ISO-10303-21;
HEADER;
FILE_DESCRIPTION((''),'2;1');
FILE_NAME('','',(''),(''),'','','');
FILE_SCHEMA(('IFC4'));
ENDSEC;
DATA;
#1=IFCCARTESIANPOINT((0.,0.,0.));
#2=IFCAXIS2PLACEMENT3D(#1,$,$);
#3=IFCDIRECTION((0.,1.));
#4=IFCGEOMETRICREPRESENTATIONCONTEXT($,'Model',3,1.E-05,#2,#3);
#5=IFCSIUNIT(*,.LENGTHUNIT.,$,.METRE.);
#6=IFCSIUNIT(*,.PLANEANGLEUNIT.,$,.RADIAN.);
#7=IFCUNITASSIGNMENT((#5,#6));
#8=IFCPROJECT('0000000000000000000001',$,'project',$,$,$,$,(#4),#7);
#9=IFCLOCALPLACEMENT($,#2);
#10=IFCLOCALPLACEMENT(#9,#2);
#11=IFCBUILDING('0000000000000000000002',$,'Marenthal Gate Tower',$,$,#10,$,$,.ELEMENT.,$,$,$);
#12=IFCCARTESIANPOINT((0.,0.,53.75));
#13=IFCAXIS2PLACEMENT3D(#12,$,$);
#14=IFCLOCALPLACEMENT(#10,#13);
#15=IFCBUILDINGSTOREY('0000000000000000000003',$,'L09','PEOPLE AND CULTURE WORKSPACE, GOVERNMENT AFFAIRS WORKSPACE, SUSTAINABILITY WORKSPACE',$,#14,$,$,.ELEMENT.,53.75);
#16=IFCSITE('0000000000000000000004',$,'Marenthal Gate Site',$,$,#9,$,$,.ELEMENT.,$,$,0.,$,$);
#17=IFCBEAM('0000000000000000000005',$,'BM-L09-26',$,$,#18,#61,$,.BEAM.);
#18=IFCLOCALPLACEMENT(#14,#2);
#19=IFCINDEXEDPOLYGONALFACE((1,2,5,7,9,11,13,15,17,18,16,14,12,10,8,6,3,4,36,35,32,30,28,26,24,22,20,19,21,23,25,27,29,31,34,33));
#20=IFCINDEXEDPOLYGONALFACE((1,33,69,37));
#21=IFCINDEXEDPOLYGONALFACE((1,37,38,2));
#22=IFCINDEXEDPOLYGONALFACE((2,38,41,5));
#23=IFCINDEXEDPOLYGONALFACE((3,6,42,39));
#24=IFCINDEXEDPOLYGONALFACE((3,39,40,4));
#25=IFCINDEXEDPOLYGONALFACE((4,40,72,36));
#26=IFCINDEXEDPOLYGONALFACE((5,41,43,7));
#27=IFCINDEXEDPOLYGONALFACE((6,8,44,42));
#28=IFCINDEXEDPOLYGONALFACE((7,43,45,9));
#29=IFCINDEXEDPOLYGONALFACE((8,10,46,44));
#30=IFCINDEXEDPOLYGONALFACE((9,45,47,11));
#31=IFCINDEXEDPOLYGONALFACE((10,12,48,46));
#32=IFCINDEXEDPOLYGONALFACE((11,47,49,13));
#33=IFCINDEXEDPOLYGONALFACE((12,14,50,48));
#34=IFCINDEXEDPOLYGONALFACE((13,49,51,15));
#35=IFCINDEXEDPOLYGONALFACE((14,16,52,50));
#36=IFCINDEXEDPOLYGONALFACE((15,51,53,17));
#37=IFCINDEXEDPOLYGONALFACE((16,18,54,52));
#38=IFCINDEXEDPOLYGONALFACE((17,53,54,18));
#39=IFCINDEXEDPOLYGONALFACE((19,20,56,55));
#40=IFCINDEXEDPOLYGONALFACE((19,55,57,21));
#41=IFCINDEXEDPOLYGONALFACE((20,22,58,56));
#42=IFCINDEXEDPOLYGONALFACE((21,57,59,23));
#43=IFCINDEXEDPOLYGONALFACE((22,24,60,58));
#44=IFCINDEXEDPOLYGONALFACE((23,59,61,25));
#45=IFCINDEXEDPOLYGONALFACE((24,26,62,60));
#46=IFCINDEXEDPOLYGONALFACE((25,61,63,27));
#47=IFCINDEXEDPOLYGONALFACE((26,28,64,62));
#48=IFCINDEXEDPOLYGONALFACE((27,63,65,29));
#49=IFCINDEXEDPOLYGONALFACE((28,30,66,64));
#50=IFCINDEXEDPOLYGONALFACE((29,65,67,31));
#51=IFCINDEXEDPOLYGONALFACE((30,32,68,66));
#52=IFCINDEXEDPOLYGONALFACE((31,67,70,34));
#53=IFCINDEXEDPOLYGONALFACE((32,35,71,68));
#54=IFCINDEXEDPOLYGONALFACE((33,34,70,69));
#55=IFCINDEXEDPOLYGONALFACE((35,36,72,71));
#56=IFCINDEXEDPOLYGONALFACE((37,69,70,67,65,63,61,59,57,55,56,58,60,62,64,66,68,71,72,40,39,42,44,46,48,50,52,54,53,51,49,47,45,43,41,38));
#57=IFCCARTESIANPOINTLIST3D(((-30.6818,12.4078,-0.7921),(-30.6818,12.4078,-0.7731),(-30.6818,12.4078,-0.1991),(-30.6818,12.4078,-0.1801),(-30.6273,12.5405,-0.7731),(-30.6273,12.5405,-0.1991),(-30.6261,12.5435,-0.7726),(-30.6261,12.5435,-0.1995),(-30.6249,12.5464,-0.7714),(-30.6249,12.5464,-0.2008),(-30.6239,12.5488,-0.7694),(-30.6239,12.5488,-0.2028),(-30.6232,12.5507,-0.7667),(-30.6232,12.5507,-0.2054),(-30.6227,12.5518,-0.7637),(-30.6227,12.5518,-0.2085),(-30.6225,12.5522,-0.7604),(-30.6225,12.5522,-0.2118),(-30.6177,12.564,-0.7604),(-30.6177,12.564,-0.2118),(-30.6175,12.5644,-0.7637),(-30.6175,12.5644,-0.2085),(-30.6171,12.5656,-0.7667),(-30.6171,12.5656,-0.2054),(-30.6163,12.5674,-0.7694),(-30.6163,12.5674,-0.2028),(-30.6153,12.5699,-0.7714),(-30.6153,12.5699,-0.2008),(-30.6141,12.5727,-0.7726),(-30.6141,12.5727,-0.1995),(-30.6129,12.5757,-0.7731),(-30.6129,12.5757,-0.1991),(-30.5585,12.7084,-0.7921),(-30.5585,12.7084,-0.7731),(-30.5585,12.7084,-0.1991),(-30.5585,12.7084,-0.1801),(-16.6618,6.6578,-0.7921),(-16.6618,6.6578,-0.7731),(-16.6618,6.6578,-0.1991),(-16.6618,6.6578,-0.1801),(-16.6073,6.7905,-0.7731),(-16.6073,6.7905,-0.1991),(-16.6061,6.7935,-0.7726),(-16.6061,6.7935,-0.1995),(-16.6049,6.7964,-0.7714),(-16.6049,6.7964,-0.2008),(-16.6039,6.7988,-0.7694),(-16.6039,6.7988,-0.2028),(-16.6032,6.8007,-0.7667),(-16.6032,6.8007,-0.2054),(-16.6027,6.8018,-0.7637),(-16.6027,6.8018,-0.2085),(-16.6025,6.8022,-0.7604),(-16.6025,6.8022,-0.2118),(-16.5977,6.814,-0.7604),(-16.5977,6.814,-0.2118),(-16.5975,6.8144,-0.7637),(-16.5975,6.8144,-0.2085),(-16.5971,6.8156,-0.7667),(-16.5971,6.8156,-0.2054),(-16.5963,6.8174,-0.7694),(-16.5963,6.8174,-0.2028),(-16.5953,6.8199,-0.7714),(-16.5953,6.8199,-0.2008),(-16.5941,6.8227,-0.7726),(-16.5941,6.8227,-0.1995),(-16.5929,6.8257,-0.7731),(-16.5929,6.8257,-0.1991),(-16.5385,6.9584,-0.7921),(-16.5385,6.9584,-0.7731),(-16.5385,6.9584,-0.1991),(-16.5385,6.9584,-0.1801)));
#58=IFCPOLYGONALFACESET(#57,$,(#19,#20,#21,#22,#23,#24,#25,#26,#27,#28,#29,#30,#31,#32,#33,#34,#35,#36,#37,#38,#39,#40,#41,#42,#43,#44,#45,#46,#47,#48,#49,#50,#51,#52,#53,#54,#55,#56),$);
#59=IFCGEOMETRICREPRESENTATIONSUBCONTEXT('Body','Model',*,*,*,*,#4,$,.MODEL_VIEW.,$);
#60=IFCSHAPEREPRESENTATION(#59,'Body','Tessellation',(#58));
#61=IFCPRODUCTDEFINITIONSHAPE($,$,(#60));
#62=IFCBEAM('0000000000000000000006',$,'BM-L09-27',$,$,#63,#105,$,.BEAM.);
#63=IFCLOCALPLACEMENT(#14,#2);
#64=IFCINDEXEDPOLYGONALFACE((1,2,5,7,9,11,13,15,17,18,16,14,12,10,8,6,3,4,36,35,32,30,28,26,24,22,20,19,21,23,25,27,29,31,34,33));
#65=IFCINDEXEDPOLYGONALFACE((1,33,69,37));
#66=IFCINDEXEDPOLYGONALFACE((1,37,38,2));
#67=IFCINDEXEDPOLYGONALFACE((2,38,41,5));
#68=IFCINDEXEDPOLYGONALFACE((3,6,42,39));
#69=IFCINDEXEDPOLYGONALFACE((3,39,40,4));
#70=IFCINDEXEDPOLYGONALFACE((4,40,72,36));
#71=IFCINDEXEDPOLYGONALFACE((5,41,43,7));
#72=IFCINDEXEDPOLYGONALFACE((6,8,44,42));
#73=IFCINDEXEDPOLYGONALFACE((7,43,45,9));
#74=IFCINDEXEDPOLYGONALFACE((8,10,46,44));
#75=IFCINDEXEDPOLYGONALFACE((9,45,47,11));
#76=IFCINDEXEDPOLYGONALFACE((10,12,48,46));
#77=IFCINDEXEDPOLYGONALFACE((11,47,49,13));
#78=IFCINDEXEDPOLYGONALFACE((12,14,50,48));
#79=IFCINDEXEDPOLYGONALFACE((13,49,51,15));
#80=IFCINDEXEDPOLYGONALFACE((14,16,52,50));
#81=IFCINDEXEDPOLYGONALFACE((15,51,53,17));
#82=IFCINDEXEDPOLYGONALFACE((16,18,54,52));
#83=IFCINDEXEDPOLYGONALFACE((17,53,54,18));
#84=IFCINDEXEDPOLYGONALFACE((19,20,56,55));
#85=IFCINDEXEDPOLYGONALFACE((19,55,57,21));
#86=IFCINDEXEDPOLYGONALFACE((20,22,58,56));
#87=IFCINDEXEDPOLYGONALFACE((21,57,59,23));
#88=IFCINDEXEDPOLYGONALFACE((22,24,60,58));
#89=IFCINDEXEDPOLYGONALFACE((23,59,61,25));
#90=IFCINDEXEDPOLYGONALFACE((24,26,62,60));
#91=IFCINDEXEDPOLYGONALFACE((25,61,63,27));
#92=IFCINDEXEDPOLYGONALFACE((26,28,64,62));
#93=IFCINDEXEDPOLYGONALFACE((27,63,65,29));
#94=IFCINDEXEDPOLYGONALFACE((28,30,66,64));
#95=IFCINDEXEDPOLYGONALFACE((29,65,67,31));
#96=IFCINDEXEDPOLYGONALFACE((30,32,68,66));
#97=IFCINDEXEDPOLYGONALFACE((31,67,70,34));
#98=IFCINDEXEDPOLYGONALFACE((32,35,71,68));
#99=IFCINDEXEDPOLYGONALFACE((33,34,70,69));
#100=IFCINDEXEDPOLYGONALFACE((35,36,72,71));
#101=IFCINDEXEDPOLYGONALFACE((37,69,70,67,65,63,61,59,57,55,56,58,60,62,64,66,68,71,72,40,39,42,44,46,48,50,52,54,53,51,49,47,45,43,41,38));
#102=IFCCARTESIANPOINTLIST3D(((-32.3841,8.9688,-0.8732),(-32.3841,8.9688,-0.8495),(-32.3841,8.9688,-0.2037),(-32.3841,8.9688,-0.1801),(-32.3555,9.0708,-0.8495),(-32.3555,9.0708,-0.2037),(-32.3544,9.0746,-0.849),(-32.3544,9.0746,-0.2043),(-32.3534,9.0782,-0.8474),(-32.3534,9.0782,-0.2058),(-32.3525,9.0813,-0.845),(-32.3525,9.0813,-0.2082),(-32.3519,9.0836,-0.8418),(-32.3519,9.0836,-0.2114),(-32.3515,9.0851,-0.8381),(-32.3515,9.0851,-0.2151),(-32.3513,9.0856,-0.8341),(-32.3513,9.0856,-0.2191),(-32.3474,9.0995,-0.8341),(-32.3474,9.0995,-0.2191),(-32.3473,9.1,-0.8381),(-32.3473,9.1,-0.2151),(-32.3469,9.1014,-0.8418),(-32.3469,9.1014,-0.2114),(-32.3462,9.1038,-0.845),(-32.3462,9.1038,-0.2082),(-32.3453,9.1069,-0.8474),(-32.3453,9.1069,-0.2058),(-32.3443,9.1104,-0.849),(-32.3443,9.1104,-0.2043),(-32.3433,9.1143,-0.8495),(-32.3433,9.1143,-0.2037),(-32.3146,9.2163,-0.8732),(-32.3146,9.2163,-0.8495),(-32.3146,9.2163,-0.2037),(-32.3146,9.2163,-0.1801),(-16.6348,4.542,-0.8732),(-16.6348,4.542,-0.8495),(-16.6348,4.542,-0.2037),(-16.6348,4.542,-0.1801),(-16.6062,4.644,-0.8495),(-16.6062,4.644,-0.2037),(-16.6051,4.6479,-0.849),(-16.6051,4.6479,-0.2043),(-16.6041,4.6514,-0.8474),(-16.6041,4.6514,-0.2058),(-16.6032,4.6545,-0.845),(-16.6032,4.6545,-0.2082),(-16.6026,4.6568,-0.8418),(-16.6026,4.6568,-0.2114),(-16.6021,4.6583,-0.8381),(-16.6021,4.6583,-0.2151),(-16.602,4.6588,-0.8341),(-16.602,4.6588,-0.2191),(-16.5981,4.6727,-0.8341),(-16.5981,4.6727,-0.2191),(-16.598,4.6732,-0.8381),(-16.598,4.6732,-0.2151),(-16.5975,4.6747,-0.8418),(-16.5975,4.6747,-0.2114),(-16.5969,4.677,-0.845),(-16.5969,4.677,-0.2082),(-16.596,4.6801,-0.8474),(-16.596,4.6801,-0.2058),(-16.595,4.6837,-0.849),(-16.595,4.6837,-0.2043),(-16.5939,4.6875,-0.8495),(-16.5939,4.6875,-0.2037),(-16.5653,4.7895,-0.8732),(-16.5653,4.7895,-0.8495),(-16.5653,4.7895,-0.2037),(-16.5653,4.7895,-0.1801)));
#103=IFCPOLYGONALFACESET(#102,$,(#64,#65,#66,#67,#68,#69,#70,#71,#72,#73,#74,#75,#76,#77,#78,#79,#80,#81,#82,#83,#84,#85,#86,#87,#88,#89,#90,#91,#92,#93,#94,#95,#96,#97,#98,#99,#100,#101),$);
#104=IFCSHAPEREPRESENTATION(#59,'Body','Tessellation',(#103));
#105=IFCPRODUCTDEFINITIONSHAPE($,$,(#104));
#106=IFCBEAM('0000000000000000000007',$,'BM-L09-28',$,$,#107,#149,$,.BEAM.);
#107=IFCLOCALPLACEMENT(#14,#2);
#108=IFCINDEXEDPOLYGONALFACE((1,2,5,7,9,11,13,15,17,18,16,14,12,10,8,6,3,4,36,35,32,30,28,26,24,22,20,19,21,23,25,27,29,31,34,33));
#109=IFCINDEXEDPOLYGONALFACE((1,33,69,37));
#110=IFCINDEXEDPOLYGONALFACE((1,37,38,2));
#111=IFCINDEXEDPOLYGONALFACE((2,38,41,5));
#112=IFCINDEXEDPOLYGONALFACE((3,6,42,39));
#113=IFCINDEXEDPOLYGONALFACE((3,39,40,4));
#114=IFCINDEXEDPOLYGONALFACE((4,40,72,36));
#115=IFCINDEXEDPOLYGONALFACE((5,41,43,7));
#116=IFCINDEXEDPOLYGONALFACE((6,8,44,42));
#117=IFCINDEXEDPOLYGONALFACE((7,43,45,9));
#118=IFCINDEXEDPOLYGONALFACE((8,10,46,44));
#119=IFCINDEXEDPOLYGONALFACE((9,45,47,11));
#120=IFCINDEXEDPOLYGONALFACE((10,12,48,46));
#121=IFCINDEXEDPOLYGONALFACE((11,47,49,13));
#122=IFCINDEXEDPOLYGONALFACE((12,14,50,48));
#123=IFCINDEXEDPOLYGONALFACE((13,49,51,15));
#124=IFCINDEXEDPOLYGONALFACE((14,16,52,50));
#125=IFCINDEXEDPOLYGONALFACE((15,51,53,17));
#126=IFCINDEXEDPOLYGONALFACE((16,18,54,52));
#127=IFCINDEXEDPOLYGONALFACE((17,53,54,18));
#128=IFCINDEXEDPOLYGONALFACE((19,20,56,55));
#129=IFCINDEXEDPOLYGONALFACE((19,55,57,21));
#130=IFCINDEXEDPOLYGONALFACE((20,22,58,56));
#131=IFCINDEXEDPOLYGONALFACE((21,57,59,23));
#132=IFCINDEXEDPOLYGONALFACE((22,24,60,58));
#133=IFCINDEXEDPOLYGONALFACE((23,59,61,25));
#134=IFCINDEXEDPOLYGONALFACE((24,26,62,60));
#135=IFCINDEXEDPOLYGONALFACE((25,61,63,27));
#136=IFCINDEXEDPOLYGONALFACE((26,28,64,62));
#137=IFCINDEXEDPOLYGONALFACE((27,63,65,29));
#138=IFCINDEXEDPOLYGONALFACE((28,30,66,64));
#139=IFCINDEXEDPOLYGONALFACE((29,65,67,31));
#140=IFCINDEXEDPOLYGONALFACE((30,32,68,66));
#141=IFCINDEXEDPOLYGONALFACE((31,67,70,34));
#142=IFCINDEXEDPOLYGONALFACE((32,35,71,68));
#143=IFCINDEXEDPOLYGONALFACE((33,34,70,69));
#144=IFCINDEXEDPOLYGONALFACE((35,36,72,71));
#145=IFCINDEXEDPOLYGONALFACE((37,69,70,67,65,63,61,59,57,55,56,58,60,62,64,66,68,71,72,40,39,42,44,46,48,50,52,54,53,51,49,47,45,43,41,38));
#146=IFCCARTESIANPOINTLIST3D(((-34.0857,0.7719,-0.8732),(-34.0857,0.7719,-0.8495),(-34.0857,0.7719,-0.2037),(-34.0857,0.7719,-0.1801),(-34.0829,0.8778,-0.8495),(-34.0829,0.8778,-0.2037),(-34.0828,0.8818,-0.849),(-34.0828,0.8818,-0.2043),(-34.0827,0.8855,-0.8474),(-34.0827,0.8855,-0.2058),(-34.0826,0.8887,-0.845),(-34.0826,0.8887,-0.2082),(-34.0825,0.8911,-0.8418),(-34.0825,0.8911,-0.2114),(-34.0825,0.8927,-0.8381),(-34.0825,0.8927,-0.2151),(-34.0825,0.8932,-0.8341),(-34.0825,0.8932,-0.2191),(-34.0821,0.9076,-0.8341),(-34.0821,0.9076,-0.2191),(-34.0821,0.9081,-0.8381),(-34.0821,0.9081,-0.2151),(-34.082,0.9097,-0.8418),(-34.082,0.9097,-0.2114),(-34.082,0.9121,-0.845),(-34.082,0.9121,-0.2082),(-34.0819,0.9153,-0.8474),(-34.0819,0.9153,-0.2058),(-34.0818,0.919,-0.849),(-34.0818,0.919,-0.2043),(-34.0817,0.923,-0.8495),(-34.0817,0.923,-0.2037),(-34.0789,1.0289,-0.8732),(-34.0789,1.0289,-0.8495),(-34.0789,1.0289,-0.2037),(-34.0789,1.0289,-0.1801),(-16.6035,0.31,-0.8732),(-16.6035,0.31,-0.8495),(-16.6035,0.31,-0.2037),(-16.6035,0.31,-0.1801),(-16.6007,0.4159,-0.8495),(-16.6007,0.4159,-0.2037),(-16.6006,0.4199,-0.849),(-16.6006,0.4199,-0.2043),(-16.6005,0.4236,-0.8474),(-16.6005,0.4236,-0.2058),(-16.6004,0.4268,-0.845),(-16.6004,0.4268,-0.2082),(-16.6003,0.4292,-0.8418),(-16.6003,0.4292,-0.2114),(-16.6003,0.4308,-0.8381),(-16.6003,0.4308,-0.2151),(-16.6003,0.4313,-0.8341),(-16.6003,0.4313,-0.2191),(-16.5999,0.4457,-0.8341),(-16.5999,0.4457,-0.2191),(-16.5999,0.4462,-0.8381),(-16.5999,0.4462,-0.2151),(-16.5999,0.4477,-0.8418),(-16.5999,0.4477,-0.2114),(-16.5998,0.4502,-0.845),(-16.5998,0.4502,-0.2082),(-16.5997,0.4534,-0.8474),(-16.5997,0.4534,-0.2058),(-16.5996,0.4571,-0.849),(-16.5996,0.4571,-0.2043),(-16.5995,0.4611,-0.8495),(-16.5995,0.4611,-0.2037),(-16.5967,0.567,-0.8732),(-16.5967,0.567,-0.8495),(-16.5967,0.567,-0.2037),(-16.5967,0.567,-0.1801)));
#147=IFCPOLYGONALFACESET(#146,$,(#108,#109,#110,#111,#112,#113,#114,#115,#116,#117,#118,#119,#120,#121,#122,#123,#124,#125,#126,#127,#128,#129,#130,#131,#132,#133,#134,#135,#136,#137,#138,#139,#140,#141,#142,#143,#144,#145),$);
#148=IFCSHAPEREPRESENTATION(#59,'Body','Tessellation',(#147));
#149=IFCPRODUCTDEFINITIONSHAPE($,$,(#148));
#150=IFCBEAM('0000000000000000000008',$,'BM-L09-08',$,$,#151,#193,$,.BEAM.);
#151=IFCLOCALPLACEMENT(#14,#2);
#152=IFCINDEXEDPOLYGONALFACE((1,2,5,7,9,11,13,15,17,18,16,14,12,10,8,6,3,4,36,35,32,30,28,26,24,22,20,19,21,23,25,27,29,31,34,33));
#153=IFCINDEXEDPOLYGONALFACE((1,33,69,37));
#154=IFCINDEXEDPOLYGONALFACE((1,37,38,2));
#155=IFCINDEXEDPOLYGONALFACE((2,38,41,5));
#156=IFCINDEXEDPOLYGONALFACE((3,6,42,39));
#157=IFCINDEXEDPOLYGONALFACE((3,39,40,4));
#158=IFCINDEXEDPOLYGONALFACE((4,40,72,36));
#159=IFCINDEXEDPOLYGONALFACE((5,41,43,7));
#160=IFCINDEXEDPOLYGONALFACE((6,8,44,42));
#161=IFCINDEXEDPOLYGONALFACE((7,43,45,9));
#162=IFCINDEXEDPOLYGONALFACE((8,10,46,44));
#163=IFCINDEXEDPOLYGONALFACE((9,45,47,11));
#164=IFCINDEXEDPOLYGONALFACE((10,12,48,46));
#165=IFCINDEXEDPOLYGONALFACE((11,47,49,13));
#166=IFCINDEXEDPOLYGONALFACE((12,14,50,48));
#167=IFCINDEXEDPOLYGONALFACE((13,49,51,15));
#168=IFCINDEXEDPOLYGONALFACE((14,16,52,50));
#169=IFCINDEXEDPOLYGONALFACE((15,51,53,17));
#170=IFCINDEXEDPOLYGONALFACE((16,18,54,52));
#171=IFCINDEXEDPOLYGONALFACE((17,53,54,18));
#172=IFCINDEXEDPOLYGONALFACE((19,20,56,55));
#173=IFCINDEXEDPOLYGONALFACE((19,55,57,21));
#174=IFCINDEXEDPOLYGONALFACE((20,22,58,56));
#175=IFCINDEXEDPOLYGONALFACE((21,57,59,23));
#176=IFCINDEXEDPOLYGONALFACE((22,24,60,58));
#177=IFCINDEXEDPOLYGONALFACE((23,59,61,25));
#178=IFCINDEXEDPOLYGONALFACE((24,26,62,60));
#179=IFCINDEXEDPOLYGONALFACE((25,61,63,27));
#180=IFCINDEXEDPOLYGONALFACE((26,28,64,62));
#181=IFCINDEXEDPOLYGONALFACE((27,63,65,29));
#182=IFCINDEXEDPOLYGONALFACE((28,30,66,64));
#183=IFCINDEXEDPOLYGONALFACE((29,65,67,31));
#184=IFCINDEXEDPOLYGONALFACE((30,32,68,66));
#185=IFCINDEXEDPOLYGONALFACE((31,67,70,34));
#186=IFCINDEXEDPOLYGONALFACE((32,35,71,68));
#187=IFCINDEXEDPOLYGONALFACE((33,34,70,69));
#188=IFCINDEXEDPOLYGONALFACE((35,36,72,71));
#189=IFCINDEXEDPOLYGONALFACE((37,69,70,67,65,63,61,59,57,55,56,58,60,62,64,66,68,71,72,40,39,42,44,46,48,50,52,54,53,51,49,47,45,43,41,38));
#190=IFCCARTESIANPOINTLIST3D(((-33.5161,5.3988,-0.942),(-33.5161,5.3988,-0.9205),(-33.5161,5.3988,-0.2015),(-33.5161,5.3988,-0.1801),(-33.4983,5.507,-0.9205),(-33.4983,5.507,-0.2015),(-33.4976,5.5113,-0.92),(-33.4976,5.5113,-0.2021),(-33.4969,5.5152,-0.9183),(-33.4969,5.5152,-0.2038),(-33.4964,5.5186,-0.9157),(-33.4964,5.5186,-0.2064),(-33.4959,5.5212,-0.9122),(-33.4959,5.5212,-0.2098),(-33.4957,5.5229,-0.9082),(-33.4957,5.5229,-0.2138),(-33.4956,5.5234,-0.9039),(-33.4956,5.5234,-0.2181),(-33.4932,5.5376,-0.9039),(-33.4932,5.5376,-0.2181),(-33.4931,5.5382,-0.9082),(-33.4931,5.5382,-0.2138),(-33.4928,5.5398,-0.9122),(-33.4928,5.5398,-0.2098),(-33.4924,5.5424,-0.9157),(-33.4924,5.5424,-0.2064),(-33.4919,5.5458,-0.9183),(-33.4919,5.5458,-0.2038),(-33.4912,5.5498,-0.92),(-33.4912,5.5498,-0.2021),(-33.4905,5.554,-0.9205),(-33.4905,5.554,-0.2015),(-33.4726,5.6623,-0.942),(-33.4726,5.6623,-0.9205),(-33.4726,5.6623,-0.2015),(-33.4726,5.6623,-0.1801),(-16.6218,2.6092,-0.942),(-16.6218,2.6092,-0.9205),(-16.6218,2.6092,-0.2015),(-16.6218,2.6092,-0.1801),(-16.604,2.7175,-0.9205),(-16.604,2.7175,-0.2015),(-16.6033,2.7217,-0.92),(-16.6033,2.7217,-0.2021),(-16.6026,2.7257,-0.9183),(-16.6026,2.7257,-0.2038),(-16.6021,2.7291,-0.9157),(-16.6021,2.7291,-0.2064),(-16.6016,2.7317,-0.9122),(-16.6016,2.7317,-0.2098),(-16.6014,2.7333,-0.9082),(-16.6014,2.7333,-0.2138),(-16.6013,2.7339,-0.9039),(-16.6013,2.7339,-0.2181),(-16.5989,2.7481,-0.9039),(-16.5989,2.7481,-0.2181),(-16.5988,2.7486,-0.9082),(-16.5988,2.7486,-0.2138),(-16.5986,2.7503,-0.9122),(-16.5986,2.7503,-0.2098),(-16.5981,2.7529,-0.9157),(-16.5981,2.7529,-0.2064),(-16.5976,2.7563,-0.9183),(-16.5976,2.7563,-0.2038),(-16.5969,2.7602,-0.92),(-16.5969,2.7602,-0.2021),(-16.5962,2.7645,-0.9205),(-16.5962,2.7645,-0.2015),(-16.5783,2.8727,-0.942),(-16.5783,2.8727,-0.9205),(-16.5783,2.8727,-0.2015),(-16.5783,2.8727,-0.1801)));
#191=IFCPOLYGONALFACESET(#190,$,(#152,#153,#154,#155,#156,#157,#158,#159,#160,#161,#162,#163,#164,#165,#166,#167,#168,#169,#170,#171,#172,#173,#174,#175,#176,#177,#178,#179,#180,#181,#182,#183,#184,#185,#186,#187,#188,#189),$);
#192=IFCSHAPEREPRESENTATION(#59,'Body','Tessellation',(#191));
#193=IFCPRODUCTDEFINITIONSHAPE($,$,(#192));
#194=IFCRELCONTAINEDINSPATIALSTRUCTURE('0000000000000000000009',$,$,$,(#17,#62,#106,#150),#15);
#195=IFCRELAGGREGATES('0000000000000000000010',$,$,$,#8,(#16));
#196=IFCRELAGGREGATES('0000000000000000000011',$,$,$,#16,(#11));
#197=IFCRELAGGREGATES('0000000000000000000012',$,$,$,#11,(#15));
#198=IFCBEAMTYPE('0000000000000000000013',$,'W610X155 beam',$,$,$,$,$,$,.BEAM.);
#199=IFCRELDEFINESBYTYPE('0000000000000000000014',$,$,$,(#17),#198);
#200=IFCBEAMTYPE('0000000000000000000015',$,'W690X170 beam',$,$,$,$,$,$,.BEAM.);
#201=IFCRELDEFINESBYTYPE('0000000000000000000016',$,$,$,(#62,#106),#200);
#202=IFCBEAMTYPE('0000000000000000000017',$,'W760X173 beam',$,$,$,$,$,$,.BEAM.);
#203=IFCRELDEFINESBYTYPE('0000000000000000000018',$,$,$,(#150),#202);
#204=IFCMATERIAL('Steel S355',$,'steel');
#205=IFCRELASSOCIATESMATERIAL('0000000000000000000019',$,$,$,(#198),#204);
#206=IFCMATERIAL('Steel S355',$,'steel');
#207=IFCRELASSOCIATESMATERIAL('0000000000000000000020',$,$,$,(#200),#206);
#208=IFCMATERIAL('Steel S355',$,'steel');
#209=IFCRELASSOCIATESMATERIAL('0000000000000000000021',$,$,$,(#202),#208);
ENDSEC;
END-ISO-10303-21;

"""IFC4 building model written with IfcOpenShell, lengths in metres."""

from ifc_helpers import new_model, si_unit, direction, frame, origin, origin_2d, place, context, subcontext, project, spatial, i_section, extrude, material, material_profile, profile_set, type_object, element, save


model = new_model("IFC4")

# Units and contexts
model_context = context("Model", 3, precision=1e-05, world=origin(), true_north=direction((0.0, 1.0)))
body_context = subcontext(model_context, "Body", "Model", "MODEL_VIEW")
ifc_project = project(units=[si_unit("LENGTHUNIT", "METRE"), si_unit("PLANEANGLEUNIT", "RADIAN")], contexts=[model_context])

# Site, building, storey
site_placement = place(None, origin())
site = spatial("IfcSite", under=ifc_project, at=site_placement, Name="Marenthal Gate Site", CompositionType="ELEMENT", RefElevation=0.0)
building_placement = place(site_placement, origin())
building = spatial("IfcBuilding", under=site, at=building_placement, Name="Marenthal Gate Tower", CompositionType="ELEMENT")
storey_placement = place(building_placement, frame((0.0, 0.0, 53.75)))
storey = spatial("IfcBuildingStorey", under=building, at=storey_placement, Name="L09", Description="PEOPLE AND CULTURE WORKSPACE, GOVERNMENT AFFAIRS WORKSPACE, SUSTAINABILITY WORKSPACE", CompositionType="ELEMENT", Elevation=53.75)

# Beams
ifc_material_1 = material(Name="Steel S355", Category="steel")
ifc_material_profile_1 = material_profile(ifc_material_1, i_section(OverallWidth=0.325, OverallDepth=0.6121, WebThickness=0.0127, FlangeThickness=0.019, FilletRadius=0.0127, at=origin_2d()), Name="W610X155")
ifc_profile_set_1 = profile_set([ifc_material_profile_1], Name="Steel S355")
beam_type_1 = type_object("IfcBeamType", Name="W610X155 beam", PredefinedType="BEAM", material=ifc_profile_set_1)
beam_1_placement = place(storey_placement, frame((-30.6201, 12.5581, -0.4861), z_axis=(0.92521, -0.379455, 0.0), x_axis=(0.379455, 0.92521, 0.0)))
element("IfcBeam", 1, at=beam_1_placement, inside=storey, type_object=beam_type_1, Name="BM-L09-26", PredefinedType="BEAM", context=body_context, shape_type="SweptSolid", body=[
    extrude(i_section(OverallWidth=0.325, OverallDepth=0.6121, WebThickness=0.0127, FlangeThickness=0.019, FilletRadius=0.0127, at=origin_2d()), origin(), (0.0, 0.0, 1.0), 15.1533),
])
ifc_material_2 = material(Name="Steel S355", Category="steel")
ifc_material_profile_2 = material_profile(ifc_material_2, i_section(OverallWidth=0.2571, OverallDepth=0.6931, WebThickness=0.0144, FlangeThickness=0.0237, FilletRadius=0.0154, at=origin_2d()), Name="W690X170")
ifc_profile_set_2 = profile_set([ifc_material_profile_2], Name="Steel S355")
beam_type_2 = type_object("IfcBeamType", Name="W690X170 beam", PredefinedType="BEAM", material=ifc_profile_set_2)
beam_2_placement = place(storey_placement, frame((-32.3494, 9.0925, -0.5266), z_axis=(0.962694, -0.270591, 0.0), x_axis=(0.270591, 0.962694, 0.0)))
element("IfcBeam", 2, at=beam_2_placement, inside=storey, type_object=beam_type_2, Name="BM-L09-27", PredefinedType="BEAM", context=body_context, shape_type="SweptSolid", body=[
    extrude(i_section(OverallWidth=0.2571, OverallDepth=0.6931, WebThickness=0.0144, FlangeThickness=0.0237, FilletRadius=0.0154, at=origin_2d()), origin(), (0.0, 0.0, 1.0), 16.3596),
])
beam_3_placement = place(storey_placement, frame((-34.0823, 0.9004, -0.5266), z_axis=(0.999651, -0.026413, 0.0), x_axis=(0.026413, 0.999651, 0.0)))
element("IfcBeam", 3, at=beam_3_placement, inside=storey, type_object=beam_type_2, Name="BM-L09-28", PredefinedType="BEAM", context=body_context, shape_type="SweptSolid", body=[
    extrude(i_section(OverallWidth=0.2571, OverallDepth=0.6931, WebThickness=0.0144, FlangeThickness=0.0237, FilletRadius=0.0154, at=origin_2d()), origin(), (0.0, 0.0, 1.0), 17.4883),
])
ifc_material_3 = material(Name="Steel S355", Category="steel")
ifc_material_profile_3 = material_profile(ifc_material_3, i_section(OverallWidth=0.2671, OverallDepth=0.762, WebThickness=0.0144, FlangeThickness=0.0215, FilletRadius=0.0166, at=origin_2d()), Name="W760X173")
ifc_profile_set_3 = profile_set([ifc_material_profile_3], Name="Steel S355")
beam_type_3 = type_object("IfcBeamType", Name="W760X173 beam", PredefinedType="BEAM", material=ifc_profile_set_3)
beam_4_placement = place(storey_placement, frame((-33.4944, 5.5305, -0.561), z_axis=(0.986641, -0.162912, 0.0), x_axis=(0.162912, 0.986641, 0.0)))
element("IfcBeam", 4, at=beam_4_placement, inside=storey, type_object=beam_type_3, Name="BM-L09-08", PredefinedType="BEAM", context=body_context, shape_type="SweptSolid", body=[
    extrude(i_section(OverallWidth=0.2671, OverallDepth=0.762, WebThickness=0.0144, FlangeThickness=0.0215, FilletRadius=0.0166, at=origin_2d()), origin(), (0.0, 0.0, 1.0), 17.123),
])

save(model, "model.ifc")
